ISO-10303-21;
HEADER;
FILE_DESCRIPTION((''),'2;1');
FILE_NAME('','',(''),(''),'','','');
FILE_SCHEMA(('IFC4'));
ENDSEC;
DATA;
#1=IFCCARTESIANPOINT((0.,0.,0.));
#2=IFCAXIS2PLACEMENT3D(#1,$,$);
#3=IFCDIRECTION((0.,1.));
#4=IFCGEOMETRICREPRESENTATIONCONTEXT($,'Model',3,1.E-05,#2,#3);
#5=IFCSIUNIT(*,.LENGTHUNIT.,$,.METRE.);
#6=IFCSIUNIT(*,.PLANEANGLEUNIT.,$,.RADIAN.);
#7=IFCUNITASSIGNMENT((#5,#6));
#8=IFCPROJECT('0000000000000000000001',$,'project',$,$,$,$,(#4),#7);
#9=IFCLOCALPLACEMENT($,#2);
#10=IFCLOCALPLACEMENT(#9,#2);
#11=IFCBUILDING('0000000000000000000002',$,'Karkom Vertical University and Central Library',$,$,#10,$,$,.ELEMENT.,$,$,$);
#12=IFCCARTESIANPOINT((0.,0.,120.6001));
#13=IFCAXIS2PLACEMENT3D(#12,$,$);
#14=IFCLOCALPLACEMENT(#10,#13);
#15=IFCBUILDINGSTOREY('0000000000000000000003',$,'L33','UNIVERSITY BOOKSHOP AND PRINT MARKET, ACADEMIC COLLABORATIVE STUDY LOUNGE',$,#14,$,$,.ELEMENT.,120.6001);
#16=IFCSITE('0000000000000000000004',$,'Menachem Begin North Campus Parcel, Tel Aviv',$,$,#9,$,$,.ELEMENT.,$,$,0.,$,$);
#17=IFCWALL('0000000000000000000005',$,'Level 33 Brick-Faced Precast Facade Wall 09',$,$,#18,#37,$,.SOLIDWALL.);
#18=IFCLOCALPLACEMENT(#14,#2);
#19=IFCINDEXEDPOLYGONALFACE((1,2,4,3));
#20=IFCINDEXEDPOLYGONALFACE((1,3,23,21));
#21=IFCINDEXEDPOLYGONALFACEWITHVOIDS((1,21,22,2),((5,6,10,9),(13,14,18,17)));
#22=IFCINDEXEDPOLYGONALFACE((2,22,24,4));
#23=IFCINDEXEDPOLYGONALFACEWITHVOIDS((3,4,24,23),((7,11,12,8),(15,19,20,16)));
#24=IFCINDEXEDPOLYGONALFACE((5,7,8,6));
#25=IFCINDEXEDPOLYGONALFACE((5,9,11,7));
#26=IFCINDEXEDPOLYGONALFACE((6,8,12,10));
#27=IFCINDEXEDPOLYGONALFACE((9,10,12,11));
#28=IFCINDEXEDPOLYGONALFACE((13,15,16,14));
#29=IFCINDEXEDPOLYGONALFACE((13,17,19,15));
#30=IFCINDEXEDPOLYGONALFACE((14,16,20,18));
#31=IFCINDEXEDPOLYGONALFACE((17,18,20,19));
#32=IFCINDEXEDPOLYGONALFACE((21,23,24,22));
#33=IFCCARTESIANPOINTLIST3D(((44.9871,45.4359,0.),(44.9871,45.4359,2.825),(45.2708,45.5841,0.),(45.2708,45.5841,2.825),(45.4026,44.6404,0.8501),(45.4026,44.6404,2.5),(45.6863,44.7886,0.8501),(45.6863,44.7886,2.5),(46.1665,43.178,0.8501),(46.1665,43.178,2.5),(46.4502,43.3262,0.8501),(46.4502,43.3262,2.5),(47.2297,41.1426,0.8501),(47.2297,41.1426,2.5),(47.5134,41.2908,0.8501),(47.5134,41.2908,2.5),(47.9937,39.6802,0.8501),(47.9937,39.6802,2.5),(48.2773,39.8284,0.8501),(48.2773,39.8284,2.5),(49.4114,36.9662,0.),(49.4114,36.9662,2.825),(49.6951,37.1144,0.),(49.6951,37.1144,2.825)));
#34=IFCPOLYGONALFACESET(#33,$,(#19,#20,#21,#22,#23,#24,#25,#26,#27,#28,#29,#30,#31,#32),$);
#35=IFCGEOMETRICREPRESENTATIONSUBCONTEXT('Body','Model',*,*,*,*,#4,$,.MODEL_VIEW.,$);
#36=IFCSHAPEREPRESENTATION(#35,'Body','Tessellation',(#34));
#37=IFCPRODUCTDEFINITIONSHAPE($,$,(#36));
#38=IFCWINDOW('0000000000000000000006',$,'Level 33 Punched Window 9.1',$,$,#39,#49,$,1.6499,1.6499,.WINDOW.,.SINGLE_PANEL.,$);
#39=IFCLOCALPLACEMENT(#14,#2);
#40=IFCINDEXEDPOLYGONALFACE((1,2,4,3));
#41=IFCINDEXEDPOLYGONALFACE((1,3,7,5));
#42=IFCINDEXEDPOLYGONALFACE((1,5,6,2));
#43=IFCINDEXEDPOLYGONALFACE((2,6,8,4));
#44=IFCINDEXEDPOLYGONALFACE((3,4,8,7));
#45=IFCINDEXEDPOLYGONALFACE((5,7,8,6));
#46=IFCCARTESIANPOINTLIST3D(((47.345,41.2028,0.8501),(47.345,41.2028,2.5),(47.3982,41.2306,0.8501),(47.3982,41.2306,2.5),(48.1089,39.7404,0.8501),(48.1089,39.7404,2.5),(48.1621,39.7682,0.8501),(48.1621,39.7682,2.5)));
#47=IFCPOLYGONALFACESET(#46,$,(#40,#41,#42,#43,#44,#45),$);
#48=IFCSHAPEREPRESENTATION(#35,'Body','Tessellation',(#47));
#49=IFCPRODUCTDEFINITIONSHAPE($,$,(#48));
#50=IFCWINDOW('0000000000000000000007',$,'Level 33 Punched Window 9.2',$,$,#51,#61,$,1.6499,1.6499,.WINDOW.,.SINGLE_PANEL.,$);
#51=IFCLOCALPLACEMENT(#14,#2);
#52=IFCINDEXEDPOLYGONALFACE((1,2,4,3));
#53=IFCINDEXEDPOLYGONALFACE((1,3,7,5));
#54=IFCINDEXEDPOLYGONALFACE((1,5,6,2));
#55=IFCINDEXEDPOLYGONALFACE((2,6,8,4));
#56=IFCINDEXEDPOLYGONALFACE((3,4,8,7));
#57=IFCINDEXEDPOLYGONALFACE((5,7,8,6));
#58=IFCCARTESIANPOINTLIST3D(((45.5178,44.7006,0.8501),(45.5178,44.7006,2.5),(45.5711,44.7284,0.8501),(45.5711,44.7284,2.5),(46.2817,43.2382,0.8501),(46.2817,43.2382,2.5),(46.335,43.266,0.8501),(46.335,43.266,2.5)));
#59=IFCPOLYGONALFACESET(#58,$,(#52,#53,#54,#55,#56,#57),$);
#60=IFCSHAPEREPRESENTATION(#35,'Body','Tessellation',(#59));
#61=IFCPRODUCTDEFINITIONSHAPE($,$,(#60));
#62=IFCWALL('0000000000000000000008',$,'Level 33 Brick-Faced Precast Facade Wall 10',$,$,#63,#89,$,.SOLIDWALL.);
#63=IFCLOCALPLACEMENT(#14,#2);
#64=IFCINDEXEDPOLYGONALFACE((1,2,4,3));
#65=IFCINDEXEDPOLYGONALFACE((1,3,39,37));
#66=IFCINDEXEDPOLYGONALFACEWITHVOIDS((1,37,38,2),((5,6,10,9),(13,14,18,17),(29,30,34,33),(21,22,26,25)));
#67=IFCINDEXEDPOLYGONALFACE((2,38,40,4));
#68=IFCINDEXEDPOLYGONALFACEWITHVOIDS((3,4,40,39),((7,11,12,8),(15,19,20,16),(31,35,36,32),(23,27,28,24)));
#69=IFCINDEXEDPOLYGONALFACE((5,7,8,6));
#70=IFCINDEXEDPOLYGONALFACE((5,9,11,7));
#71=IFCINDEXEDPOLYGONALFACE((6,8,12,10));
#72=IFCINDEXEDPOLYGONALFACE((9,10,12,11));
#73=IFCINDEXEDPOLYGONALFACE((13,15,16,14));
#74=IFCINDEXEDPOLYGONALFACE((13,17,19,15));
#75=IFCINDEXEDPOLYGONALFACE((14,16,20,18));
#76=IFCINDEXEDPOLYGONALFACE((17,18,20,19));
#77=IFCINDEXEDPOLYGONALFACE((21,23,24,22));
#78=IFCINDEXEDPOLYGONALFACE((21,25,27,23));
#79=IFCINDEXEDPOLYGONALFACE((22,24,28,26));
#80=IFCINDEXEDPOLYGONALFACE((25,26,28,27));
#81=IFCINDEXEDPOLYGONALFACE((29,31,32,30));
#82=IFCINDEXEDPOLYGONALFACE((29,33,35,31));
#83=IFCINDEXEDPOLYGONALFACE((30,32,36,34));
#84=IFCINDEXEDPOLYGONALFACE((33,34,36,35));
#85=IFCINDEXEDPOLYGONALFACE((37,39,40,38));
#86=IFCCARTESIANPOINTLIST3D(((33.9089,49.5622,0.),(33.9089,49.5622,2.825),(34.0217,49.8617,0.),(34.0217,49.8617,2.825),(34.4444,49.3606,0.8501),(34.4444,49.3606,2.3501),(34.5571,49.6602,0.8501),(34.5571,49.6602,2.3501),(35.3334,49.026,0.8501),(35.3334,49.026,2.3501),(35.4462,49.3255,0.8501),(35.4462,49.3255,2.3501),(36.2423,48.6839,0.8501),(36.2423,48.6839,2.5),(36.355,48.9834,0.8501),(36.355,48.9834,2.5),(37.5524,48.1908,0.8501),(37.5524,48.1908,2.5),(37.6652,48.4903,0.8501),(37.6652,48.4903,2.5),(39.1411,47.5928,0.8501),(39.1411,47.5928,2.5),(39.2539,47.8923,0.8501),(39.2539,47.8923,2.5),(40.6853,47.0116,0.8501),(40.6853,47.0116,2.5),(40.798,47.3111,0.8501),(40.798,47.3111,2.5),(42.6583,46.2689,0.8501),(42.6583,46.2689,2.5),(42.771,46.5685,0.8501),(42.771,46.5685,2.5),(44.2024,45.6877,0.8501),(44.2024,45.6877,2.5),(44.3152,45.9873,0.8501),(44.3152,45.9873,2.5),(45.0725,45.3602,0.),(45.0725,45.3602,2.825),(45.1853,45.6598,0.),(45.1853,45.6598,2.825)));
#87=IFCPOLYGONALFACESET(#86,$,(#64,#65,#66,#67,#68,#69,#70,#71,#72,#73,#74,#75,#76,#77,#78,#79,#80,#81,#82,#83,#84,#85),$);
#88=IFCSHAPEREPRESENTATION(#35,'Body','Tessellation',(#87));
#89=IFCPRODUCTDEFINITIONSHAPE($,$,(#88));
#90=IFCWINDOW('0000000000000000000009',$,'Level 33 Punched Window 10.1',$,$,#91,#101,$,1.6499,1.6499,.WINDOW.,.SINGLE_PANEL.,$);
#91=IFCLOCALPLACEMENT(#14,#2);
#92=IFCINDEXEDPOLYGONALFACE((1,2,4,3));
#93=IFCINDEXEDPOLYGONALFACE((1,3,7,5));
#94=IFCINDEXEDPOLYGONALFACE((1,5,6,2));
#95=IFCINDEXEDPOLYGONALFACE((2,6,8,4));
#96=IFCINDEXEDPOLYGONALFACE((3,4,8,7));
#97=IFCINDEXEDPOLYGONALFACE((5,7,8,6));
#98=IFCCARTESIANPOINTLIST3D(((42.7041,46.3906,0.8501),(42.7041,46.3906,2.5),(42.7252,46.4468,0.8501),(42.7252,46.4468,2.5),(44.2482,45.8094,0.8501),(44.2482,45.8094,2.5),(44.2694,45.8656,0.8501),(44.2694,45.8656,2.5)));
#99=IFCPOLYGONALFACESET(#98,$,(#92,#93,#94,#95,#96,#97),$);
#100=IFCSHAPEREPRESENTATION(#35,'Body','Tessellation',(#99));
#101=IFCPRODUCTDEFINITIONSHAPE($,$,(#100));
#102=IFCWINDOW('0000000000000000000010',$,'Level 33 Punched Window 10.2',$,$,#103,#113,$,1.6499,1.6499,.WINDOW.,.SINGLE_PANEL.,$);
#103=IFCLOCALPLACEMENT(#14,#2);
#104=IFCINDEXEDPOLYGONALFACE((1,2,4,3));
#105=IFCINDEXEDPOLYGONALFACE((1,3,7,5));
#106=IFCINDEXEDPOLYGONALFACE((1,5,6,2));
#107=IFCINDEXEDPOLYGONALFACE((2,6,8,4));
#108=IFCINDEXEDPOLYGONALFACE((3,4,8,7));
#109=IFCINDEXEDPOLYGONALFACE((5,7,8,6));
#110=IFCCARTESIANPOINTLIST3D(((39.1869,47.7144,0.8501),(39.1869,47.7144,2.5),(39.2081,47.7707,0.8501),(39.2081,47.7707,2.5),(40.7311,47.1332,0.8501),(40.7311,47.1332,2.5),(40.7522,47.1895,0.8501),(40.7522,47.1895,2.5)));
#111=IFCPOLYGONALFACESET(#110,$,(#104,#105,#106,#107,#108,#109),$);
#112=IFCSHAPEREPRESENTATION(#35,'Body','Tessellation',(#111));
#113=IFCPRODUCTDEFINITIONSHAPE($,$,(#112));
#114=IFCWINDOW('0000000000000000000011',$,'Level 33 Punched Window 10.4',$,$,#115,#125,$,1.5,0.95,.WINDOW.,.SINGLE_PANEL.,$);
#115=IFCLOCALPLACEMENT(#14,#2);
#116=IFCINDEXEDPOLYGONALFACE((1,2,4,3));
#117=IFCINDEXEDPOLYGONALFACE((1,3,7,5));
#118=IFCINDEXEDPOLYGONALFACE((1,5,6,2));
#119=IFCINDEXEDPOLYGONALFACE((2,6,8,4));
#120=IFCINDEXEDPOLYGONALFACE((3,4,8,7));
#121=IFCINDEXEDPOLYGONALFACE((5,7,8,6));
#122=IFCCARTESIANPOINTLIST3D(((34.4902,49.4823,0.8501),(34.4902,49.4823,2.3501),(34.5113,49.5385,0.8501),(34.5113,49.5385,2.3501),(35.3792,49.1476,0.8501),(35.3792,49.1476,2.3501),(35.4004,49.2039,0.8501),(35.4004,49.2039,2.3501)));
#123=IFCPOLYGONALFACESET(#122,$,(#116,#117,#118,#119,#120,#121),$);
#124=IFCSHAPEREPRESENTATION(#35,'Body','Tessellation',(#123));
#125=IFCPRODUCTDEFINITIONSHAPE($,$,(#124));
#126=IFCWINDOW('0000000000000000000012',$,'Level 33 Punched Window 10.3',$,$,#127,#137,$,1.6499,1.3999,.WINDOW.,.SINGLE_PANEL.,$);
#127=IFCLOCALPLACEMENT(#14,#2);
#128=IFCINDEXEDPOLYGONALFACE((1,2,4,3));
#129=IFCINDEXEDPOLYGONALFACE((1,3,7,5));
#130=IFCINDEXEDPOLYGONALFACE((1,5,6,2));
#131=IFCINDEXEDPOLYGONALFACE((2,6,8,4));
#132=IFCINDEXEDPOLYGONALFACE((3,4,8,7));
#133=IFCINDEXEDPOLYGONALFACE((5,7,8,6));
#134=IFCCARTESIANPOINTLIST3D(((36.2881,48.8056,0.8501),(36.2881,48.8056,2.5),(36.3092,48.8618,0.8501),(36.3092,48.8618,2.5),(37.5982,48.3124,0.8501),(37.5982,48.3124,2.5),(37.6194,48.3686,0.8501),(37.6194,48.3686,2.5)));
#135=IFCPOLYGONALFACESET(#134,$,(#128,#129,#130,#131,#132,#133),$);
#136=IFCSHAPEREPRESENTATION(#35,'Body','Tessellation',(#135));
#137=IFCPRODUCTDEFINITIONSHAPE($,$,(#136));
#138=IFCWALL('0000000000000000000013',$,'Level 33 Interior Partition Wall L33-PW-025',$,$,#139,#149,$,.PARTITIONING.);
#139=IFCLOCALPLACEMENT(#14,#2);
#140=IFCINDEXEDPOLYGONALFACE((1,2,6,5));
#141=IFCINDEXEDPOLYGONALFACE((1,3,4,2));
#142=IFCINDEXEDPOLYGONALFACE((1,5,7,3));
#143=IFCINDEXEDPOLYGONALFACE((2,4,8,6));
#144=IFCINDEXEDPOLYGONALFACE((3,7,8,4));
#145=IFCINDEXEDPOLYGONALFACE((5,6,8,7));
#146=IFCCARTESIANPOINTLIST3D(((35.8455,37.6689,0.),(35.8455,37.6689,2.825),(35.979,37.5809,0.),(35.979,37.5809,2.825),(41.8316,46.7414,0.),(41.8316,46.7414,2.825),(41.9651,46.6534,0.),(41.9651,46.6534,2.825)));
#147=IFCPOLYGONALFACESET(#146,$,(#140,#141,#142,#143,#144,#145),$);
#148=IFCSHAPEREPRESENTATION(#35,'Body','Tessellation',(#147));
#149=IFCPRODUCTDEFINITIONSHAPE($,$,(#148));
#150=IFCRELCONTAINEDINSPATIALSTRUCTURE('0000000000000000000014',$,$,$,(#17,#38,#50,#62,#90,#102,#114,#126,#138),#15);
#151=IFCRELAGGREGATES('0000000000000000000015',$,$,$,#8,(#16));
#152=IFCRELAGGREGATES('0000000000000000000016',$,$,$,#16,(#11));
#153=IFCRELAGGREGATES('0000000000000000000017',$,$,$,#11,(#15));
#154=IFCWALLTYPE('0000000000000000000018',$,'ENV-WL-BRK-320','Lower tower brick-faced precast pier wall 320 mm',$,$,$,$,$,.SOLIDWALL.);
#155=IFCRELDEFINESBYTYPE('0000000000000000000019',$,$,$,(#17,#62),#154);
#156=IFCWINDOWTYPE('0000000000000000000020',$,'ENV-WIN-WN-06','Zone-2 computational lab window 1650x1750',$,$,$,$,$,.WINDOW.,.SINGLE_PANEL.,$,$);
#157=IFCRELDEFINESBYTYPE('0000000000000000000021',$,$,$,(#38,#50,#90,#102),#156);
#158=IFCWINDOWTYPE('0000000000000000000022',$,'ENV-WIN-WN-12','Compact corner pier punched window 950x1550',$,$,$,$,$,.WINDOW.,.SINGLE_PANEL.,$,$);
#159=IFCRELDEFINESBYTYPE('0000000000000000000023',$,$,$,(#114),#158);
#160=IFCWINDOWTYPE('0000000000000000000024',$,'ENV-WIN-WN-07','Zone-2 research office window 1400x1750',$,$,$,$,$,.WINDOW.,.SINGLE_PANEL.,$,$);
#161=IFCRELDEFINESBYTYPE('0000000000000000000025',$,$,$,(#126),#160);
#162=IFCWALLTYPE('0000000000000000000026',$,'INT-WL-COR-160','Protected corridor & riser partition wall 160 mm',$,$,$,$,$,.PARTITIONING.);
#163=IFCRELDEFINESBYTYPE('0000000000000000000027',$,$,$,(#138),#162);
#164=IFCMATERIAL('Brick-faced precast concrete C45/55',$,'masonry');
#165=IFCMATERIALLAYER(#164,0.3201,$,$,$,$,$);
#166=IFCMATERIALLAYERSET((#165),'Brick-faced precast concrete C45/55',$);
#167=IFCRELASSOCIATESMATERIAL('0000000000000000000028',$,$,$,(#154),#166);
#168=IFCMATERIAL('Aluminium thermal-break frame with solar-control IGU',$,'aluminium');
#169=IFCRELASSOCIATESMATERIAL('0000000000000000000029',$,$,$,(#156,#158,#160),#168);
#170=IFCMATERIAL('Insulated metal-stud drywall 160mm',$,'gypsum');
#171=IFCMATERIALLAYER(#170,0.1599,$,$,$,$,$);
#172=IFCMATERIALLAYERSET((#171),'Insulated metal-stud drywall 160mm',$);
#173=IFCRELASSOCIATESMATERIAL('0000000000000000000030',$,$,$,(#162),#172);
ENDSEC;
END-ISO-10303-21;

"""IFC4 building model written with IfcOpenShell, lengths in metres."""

from ifc_helpers import new_model, si_unit, direction, frame, frame_2d, origin, origin_with_axes, place, context, subcontext, project, spatial, rectangle, extrude, source, transform, mapped, material, layer, layer_set, type_object, element, fill, save


model = new_model("IFC4")

# Units and contexts
model_context = context("Model", 3, precision=1e-05, world=origin(), true_north=direction((0.0, 1.0)))
body_context = subcontext(model_context, "Body", "Model", "MODEL_VIEW")
ifc_project = project(units=[si_unit("LENGTHUNIT", "METRE"), si_unit("PLANEANGLEUNIT", "RADIAN")], contexts=[model_context])

# Site, building, storey
site_placement = place(None, origin())
site = spatial("IfcSite", under=ifc_project, at=site_placement, Name="Menachem Begin North Campus Parcel, Tel Aviv", CompositionType="ELEMENT", RefElevation=0.0)
building_placement = place(site_placement, origin())
building = spatial("IfcBuilding", under=site, at=building_placement, Name="Karkom Vertical University and Central Library", CompositionType="ELEMENT")
storey_placement = place(building_placement, frame((0.0, 0.0, 120.6001)))
storey = spatial("IfcBuildingStorey", under=building, at=storey_placement, Name="L33", Description="UNIVERSITY BOOKSHOP AND PRINT MARKET, ACADEMIC COLLABORATIVE STUDY LOUNGE", CompositionType="ELEMENT", Elevation=120.6001)

# Walls, openings, windows
ifc_material_1 = material(Name="Brick-faced precast concrete C45/55", Category="masonry")
ifc_layer_1 = layer(ifc_material_1, 0.3201)
ifc_layer_set_1 = layer_set([ifc_layer_1], Name="Brick-faced precast concrete C45/55")
wall_type_1 = type_object("IfcWallType", Name="ENV-WL-BRK-320", Description="Lower tower brick-faced precast pier wall 320 mm", PredefinedType="SOLIDWALL", material=ifc_layer_set_1)
wall_1_placement = place(storey_placement, frame((49.5532, 37.0403, 0.0), z_axis=(0.0, 0.0, 1.0), x_axis=(-0.463004, 0.886356, 0.0)))
wall_1 = element("IfcWall", 1, at=wall_1_placement, inside=storey, type_object=wall_type_1, Name="Level 33 Brick-Faced Precast Facade Wall 09", PredefinedType="SOLIDWALL", context=body_context, shape_type="SweptSolid", body=[
    extrude(rectangle(XDim=9.5557, YDim=0.3201, at=frame_2d((4.7778, 0.0))), origin(), (0.0, 0.0, 1.0), 2.825),
])
opening_1_placement = place(wall_1_placement, frame((3.062, 0.0, 0.8501)))
opening_1 = element("IfcOpeningElement", 2, at=opening_1_placement, cuts=wall_1, PredefinedType="OPENING", context=body_context, shape_type="SweptSolid", body=[
    extrude(rectangle(XDim=1.6499, YDim=1.6499, at=frame_2d((0.825, 0.825))), frame((0.0, 0.1699, 0.0), z_axis=(0.0, -1.0, 0.0), x_axis=(1.0, 0.0, 0.0)), (0.0, 0.0, 1.0), 0.3401),
])
opening_2_placement = place(wall_1_placement, frame((7.0083, 0.0, 0.8501)))
opening_2 = element("IfcOpeningElement", 3, at=opening_2_placement, cuts=wall_1, PredefinedType="OPENING", context=body_context, shape_type="SweptSolid", body=[
    extrude(rectangle(XDim=1.6499, YDim=1.6499, at=frame_2d((0.825, 0.825))), frame((0.0, 0.1699, 0.0), z_axis=(0.0, -1.0, 0.0), x_axis=(1.0, 0.0, 0.0)), (0.0, 0.0, 1.0), 0.3401),
])
ifc_material_2 = material(Name="Aluminium thermal-break frame with solar-control IGU", Category="aluminium")
window_type_1 = type_object("IfcWindowType", Name="ENV-WIN-WN-06", Description="Zone-2 computational lab window 1650x1750", PartitioningType="SINGLE_PANEL", PredefinedType="WINDOW", material=ifc_material_2)
shared_shape_1 = source(origin_with_axes(), body_context, "Body", "SweptSolid", [
    extrude(rectangle(XDim=1.6499, YDim=1.6499, at=frame_2d((0.825, 0.825))), frame((0.0, 0.03, 0.0), z_axis=(0.0, -1.0, 0.0), x_axis=(1.0, 0.0, 0.0)), (0.0, 0.0, 1.0), 0.0601),
])
window_1_placement = place(opening_1_placement, origin())
window_1 = element("IfcWindow", 4, at=window_1_placement, inside=storey, type_object=window_type_1, Name="Level 33 Punched Window 9.1", OverallHeight=1.6499, OverallWidth=1.6499, PartitioningType="SINGLE_PANEL", PredefinedType="WINDOW", context=body_context, shape_type="MappedRepresentation", body=[
    mapped(shared_shape_1, transform((0.0, 0.0, 0.0), scale=1.0)),
])
fill(opening_1, window_1)
window_2_placement = place(opening_2_placement, origin())
window_2 = element("IfcWindow", 5, at=window_2_placement, inside=storey, type_object=window_type_1, Name="Level 33 Punched Window 9.2", OverallHeight=1.6499, OverallWidth=1.6499, PartitioningType="SINGLE_PANEL", PredefinedType="WINDOW", context=body_context, shape_type="MappedRepresentation", body=[
    mapped(shared_shape_1, transform((0.0, 0.0, 0.0), scale=1.0)),
])
fill(opening_2, window_2)
wall_2_placement = place(storey_placement, frame((45.1289, 45.51, 0.0), z_axis=(0.0, 0.0, 1.0), x_axis=(-0.9359, 0.352267, 0.0)))
wall_2 = element("IfcWall", 6, at=wall_2_placement, inside=storey, type_object=wall_type_1, Name="Level 33 Brick-Faced Precast Facade Wall 10", PredefinedType="SOLIDWALL", context=body_context, shape_type="SweptSolid", body=[
    extrude(rectangle(XDim=11.9282, YDim=0.3201, at=frame_2d((5.9641, 0.0))), origin(), (0.0, 0.0, 1.0), 2.825),
])
opening_3_placement = place(wall_2_placement, frame((0.9297, 0.0, 0.8501)))
opening_3 = element("IfcOpeningElement", 7, at=opening_3_placement, cuts=wall_2, PredefinedType="OPENING", context=body_context, shape_type="SweptSolid", body=[
    extrude(rectangle(XDim=1.6499, YDim=1.6499, at=frame_2d((0.825, 0.825))), frame((0.0, 0.1699, 0.0), z_axis=(0.0, -1.0, 0.0), x_axis=(1.0, 0.0, 0.0)), (0.0, 0.0, 1.0), 0.3401),
])
opening_4_placement = place(wall_2_placement, frame((4.6877, 0.0, 0.8501)))
opening_4 = element("IfcOpeningElement", 8, at=opening_4_placement, cuts=wall_2, PredefinedType="OPENING", context=body_context, shape_type="SweptSolid", body=[
    extrude(rectangle(XDim=1.6499, YDim=1.6499, at=frame_2d((0.825, 0.825))), frame((0.0, 0.1699, 0.0), z_axis=(0.0, -1.0, 0.0), x_axis=(1.0, 0.0, 0.0)), (0.0, 0.0, 1.0), 0.3401),
])
opening_5_placement = place(wall_2_placement, frame((8.0352, 0.0, 0.8501)))
opening_5 = element("IfcOpeningElement", 9, at=opening_5_placement, cuts=wall_2, PredefinedType="OPENING", context=body_context, shape_type="SweptSolid", body=[
    extrude(rectangle(XDim=1.3999, YDim=1.6499, at=frame_2d((0.7, 0.825))), frame((0.0, 0.1699, 0.0), z_axis=(0.0, -1.0, 0.0), x_axis=(1.0, 0.0, 0.0)), (0.0, 0.0, 1.0), 0.3401),
])
opening_6_placement = place(wall_2_placement, frame((10.406, 0.0, 0.8501)))
opening_6 = element("IfcOpeningElement", 10, at=opening_6_placement, cuts=wall_2, PredefinedType="OPENING", context=body_context, shape_type="SweptSolid", body=[
    extrude(rectangle(XDim=0.95, YDim=1.5, at=frame_2d((0.4751, 0.75))), frame((0.0, 0.1699, 0.0), z_axis=(0.0, -1.0, 0.0), x_axis=(1.0, 0.0, 0.0)), (0.0, 0.0, 1.0), 0.3401),
])
window_3_placement = place(opening_3_placement, origin())
window_3 = element("IfcWindow", 11, at=window_3_placement, inside=storey, type_object=window_type_1, Name="Level 33 Punched Window 10.1", OverallHeight=1.6499, OverallWidth=1.6499, PartitioningType="SINGLE_PANEL", PredefinedType="WINDOW", context=body_context, shape_type="MappedRepresentation", body=[
    mapped(shared_shape_1, transform((0.0, 0.0, 0.0), scale=1.0)),
])
fill(opening_3, window_3)
window_4_placement = place(opening_4_placement, origin())
window_4 = element("IfcWindow", 12, at=window_4_placement, inside=storey, type_object=window_type_1, Name="Level 33 Punched Window 10.2", OverallHeight=1.6499, OverallWidth=1.6499, PartitioningType="SINGLE_PANEL", PredefinedType="WINDOW", context=body_context, shape_type="MappedRepresentation", body=[
    mapped(shared_shape_1, transform((0.0, 0.0, 0.0), scale=1.0)),
])
fill(opening_4, window_4)
window_type_2 = type_object("IfcWindowType", Name="ENV-WIN-WN-12", Description="Compact corner pier punched window 950x1550", PartitioningType="SINGLE_PANEL", PredefinedType="WINDOW", material=ifc_material_2)
shared_shape_2 = source(origin_with_axes(), body_context, "Body", "SweptSolid", [
    extrude(rectangle(XDim=0.95, YDim=1.5, at=frame_2d((0.4751, 0.75))), frame((0.0, 0.03, 0.0), z_axis=(0.0, -1.0, 0.0), x_axis=(1.0, 0.0, 0.0)), (0.0, 0.0, 1.0), 0.0601),
])
window_5_placement = place(opening_6_placement, origin())
window_5 = element("IfcWindow", 13, at=window_5_placement, inside=storey, type_object=window_type_2, Name="Level 33 Punched Window 10.4", OverallHeight=1.5, OverallWidth=0.95, PartitioningType="SINGLE_PANEL", PredefinedType="WINDOW", context=body_context, shape_type="MappedRepresentation", body=[
    mapped(shared_shape_2, transform((0.0, 0.0, 0.0), scale=1.0)),
])
fill(opening_6, window_5)
window_type_3 = type_object("IfcWindowType", Name="ENV-WIN-WN-07", Description="Zone-2 research office window 1400x1750", PartitioningType="SINGLE_PANEL", PredefinedType="WINDOW", material=ifc_material_2)
shared_shape_3 = source(origin_with_axes(), body_context, "Body", "SweptSolid", [
    extrude(rectangle(XDim=1.3999, YDim=1.6499, at=frame_2d((0.7, 0.825))), frame((0.0, 0.03, 0.0), z_axis=(0.0, -1.0, 0.0), x_axis=(1.0, 0.0, 0.0)), (0.0, 0.0, 1.0), 0.0601),
])
window_6_placement = place(opening_5_placement, origin())
window_6 = element("IfcWindow", 14, at=window_6_placement, inside=storey, type_object=window_type_3, Name="Level 33 Punched Window 10.3", OverallHeight=1.6499, OverallWidth=1.3999, PartitioningType="SINGLE_PANEL", PredefinedType="WINDOW", context=body_context, shape_type="MappedRepresentation", body=[
    mapped(shared_shape_3, transform((0.0, 0.0, 0.0), scale=1.0)),
])
fill(opening_5, window_6)

# Shared definitions
ifc_material_3 = material(Name="Insulated metal-stud drywall 160mm", Category="gypsum")
ifc_layer_2 = layer(ifc_material_3, 0.1599)
ifc_layer_set_2 = layer_set([ifc_layer_2], Name="Insulated metal-stud drywall 160mm")
wall_type_2 = type_object("IfcWallType", Name="INT-WL-COR-160", Description="Protected corridor & riser partition wall 160 mm", PredefinedType="PARTITIONING", material=ifc_layer_set_2)

# Wall
wall_3_placement = place(storey_placement, frame((35.9124, 37.625, 0.0), z_axis=(0.0, 0.0, 1.0), x_axis=(0.550729, 0.834684, 0.0)))
element("IfcWall", 15, at=wall_3_placement, inside=storey, type_object=wall_type_2, Name="Level 33 Interior Partition Wall L33-PW-025", PredefinedType="PARTITIONING", context=body_context, shape_type="SweptSolid", body=[
    extrude(rectangle(XDim=10.8694, YDim=0.1599, at=frame_2d((5.4346, 0.0))), origin(), (0.0, 0.0, 1.0), 2.825),
])

save(model, "model.ifc")
